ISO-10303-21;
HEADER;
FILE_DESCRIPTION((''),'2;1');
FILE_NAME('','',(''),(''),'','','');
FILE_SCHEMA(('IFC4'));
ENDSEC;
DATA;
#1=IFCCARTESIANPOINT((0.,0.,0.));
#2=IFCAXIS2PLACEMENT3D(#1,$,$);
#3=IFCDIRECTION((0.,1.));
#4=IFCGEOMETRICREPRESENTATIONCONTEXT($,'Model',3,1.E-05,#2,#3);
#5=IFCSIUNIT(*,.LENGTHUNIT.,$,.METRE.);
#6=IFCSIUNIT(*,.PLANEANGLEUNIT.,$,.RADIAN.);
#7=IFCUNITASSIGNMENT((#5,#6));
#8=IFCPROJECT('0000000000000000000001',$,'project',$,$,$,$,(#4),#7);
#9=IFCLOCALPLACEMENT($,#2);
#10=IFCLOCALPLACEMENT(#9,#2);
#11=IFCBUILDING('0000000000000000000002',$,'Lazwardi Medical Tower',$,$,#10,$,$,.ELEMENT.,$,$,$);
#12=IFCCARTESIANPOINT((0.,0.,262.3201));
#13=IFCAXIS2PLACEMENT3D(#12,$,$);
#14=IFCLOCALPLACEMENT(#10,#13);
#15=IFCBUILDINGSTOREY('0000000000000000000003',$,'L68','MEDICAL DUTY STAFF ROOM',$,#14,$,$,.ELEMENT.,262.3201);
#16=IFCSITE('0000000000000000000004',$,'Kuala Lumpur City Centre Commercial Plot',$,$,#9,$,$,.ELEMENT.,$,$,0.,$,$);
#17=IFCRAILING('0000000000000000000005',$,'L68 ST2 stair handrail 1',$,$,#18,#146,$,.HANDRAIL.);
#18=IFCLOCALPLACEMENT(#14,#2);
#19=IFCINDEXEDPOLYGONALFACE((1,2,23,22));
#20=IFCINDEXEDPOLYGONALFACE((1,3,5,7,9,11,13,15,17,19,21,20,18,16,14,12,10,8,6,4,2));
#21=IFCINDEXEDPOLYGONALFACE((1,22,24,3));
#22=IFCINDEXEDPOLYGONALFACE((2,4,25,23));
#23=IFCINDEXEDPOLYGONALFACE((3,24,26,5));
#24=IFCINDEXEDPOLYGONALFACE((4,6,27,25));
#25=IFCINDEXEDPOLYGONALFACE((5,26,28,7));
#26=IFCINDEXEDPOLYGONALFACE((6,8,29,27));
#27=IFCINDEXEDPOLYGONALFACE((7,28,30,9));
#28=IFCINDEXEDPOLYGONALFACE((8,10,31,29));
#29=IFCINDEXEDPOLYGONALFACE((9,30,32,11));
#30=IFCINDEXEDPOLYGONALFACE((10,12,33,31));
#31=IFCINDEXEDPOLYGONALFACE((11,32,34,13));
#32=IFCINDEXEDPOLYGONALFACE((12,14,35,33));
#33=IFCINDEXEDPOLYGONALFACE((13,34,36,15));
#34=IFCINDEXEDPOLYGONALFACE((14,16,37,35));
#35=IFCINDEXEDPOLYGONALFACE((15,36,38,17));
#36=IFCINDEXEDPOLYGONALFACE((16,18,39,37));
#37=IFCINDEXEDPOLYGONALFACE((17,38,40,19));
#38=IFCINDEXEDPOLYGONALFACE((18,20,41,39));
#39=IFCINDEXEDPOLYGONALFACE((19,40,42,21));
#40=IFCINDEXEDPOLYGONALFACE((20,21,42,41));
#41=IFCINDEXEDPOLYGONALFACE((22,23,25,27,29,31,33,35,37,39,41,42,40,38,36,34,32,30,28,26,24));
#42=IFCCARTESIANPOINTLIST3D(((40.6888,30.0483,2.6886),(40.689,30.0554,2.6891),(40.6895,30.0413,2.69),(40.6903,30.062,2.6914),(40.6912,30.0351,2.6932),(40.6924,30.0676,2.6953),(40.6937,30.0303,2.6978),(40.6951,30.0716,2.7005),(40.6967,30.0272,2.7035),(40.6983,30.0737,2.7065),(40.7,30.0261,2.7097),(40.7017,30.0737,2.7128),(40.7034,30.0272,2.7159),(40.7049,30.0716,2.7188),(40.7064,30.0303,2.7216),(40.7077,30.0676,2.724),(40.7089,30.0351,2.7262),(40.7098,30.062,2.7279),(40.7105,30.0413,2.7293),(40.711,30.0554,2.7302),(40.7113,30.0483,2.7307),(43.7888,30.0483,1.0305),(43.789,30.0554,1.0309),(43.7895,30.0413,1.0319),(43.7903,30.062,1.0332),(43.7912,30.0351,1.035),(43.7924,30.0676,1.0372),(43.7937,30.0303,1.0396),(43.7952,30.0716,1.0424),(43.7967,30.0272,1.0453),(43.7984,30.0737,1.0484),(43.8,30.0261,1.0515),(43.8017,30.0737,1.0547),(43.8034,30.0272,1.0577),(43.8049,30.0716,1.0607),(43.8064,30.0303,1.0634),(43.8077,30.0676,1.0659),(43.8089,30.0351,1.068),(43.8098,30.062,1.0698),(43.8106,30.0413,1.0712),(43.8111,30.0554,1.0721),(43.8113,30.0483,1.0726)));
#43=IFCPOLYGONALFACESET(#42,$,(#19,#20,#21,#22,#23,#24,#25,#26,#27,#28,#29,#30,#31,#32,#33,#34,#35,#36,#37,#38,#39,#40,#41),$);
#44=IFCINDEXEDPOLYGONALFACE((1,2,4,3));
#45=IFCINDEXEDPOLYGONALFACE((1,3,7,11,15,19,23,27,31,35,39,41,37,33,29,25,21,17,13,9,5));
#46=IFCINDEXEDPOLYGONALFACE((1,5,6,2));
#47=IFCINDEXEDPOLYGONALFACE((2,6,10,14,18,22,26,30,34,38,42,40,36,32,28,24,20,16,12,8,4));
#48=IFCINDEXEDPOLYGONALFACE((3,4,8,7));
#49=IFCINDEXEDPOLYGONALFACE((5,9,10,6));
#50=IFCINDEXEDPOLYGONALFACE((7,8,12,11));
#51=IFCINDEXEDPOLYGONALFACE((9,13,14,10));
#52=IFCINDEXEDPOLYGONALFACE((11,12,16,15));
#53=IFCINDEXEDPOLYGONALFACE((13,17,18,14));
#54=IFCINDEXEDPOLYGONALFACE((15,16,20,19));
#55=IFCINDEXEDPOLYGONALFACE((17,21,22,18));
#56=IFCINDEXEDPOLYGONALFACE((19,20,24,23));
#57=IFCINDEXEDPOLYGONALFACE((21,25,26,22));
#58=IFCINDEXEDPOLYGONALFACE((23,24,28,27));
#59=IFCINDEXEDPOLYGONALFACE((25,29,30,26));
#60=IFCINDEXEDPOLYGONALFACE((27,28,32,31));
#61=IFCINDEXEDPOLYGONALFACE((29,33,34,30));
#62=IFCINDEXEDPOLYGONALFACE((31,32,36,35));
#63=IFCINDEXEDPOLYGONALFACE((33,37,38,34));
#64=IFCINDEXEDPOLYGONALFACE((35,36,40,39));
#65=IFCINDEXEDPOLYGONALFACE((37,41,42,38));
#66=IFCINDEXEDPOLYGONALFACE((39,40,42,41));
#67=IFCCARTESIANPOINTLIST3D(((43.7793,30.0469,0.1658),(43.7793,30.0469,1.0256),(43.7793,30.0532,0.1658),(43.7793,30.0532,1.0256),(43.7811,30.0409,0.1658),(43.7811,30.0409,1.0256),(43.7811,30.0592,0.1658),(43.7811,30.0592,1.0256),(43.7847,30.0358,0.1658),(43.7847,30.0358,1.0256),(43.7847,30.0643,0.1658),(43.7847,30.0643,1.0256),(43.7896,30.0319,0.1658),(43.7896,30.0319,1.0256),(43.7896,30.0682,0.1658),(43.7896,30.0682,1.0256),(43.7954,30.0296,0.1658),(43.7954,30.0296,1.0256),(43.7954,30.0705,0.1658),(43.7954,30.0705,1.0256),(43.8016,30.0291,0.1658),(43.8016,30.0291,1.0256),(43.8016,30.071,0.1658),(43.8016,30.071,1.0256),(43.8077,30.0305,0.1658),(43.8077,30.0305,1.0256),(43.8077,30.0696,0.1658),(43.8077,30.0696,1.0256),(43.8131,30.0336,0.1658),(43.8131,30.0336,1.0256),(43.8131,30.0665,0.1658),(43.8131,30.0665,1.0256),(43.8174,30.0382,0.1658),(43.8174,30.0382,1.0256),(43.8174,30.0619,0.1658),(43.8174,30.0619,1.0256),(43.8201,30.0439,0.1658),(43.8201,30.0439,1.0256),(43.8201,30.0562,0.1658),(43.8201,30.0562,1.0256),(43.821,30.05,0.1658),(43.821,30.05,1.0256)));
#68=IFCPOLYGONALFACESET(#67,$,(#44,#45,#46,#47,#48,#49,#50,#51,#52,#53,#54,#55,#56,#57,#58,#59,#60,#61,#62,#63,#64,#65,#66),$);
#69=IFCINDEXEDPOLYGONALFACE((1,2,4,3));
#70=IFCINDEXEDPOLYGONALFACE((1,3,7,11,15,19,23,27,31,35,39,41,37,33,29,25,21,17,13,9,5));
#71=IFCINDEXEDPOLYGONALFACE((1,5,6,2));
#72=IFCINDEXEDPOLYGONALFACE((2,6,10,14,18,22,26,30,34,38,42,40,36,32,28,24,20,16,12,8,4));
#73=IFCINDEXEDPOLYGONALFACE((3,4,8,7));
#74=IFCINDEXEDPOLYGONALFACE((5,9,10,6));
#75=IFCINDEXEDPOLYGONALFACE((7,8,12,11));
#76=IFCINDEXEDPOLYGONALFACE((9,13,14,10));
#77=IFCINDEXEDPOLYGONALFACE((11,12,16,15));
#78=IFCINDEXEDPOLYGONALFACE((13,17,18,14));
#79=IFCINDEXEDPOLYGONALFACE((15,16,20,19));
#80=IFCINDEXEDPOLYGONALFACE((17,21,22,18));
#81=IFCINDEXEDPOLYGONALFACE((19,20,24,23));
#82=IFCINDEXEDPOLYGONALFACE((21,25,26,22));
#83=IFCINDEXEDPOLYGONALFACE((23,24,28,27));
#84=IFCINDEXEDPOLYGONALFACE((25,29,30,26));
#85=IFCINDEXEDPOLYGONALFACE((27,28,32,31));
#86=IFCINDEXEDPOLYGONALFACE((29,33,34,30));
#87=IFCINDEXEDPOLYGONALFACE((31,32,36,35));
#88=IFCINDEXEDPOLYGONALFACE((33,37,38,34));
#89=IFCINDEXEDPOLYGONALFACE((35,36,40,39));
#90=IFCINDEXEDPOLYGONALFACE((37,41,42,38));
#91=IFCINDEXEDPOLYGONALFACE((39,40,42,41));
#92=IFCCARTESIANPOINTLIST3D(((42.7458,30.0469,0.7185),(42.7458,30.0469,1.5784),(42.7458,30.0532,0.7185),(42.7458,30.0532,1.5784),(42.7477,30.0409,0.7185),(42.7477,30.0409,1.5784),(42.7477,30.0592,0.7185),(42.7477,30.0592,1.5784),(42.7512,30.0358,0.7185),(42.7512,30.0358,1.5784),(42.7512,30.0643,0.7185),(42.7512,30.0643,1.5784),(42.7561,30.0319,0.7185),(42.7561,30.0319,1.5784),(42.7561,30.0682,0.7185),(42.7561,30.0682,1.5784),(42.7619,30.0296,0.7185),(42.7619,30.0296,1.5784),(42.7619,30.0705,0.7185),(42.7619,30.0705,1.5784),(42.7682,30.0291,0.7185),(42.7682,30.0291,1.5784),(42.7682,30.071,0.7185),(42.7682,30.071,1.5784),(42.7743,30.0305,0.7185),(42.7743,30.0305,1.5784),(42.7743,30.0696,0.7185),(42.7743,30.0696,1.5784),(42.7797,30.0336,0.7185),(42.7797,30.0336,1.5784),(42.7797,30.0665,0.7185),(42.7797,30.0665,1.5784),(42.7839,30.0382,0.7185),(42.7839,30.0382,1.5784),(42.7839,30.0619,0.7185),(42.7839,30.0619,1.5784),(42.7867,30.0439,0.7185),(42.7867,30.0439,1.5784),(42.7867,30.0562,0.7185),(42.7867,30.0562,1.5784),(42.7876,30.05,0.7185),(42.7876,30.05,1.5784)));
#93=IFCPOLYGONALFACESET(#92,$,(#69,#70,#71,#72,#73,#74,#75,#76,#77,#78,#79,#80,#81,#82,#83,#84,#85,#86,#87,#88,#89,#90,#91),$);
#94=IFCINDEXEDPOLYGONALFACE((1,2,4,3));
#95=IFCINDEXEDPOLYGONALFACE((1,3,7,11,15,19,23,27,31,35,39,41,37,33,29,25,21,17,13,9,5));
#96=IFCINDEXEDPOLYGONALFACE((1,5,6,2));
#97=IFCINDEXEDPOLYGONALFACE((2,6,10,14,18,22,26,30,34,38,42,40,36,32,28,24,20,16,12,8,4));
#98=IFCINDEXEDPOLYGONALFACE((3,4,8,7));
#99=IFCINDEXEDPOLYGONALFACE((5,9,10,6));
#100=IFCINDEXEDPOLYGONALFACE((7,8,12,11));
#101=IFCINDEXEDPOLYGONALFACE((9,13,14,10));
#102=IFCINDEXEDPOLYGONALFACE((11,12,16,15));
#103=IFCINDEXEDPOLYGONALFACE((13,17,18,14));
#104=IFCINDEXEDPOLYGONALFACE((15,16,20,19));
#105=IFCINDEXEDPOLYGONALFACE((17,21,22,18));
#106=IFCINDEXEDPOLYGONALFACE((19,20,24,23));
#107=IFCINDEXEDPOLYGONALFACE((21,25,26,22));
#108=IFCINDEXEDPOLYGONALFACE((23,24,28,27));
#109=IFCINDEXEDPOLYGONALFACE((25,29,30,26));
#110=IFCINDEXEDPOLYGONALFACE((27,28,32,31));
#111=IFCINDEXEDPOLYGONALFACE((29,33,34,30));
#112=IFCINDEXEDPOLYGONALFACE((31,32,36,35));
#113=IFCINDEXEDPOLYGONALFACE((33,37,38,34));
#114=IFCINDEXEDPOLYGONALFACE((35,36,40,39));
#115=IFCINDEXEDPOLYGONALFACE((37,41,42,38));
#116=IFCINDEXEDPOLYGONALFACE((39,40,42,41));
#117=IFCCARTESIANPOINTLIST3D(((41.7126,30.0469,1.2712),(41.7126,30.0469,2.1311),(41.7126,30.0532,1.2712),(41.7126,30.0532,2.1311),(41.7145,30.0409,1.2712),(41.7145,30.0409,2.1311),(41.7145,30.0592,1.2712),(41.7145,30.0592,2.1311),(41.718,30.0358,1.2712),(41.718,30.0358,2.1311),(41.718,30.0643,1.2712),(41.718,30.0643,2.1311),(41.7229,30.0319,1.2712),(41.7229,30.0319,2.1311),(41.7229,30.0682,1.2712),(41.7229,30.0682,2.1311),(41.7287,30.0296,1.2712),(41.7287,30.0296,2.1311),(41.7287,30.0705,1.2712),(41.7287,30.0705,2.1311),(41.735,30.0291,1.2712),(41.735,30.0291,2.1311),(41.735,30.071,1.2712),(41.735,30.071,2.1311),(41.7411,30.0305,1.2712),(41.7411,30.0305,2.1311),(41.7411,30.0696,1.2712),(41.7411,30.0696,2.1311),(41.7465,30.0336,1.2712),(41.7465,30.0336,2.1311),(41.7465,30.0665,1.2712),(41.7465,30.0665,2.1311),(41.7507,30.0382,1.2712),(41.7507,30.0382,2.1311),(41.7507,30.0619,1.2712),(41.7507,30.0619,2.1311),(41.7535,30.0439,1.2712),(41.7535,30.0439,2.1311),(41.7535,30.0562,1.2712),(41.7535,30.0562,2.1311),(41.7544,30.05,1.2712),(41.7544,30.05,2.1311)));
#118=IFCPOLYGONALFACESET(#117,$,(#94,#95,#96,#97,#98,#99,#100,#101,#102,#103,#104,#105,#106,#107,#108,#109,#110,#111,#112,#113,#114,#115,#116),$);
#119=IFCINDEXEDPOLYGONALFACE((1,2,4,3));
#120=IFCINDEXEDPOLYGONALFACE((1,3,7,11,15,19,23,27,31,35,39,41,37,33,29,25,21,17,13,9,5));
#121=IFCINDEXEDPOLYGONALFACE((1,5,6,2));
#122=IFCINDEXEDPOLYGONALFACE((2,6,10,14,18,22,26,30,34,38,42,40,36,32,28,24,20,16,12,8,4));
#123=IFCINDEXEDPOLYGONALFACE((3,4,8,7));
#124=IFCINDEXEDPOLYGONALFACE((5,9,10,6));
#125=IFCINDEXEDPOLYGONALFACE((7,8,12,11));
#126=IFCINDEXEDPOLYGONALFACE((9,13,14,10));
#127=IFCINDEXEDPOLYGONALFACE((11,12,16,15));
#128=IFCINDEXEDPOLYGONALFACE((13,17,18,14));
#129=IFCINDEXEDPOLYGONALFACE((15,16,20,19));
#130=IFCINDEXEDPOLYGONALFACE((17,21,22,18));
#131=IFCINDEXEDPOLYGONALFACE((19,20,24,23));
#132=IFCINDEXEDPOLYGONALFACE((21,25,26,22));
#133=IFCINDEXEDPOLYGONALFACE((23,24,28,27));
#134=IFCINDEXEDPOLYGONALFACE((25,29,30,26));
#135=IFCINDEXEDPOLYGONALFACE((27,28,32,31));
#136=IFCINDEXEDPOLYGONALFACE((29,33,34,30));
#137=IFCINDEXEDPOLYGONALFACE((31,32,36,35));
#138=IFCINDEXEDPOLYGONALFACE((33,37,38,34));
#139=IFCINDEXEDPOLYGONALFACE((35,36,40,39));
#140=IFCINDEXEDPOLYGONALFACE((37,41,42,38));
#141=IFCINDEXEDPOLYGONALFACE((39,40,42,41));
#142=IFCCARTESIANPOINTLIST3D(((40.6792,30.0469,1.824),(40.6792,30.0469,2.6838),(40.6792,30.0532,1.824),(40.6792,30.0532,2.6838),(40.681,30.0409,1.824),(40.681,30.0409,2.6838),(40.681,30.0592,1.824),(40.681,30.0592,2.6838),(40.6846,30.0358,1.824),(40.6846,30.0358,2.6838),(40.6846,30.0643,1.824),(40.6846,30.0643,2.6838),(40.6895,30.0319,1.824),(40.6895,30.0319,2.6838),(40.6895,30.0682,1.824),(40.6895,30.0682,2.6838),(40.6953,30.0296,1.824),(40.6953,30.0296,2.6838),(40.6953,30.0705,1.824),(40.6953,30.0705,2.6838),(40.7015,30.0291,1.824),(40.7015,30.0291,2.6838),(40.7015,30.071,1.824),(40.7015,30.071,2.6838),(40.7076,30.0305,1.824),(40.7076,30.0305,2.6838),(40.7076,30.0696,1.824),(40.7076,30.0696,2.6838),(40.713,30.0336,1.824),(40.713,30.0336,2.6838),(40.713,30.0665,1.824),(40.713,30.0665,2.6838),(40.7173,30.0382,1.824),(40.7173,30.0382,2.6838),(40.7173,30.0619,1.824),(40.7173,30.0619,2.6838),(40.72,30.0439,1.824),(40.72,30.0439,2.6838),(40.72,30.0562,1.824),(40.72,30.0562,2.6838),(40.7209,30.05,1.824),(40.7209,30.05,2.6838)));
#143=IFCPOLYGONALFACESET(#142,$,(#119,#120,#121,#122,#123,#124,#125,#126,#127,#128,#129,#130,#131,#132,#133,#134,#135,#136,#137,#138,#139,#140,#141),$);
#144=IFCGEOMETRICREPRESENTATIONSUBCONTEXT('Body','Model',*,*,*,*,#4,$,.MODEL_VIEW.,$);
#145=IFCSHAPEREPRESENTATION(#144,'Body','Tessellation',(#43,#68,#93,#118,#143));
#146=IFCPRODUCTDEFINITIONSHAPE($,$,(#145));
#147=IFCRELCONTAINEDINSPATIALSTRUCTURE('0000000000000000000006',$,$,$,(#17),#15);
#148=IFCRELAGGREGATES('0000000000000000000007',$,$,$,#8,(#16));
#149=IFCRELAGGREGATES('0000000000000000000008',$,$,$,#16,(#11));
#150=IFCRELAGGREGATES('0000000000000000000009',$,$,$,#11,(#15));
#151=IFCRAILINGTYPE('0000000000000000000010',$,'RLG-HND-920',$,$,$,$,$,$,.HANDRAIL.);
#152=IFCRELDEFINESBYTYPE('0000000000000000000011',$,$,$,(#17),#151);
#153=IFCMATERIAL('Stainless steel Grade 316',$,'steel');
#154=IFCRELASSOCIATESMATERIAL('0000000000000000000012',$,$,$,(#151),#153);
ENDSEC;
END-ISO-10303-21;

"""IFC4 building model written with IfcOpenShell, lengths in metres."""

from ifc_helpers import new_model, si_unit, direction, frame, origin, origin_2d, place, context, subcontext, project, spatial, circle, extrude, material, type_object, element, save


model = new_model("IFC4")

# Units and contexts
model_context = context("Model", 3, precision=1e-05, world=origin(), true_north=direction((0.0, 1.0)))
body_context = subcontext(model_context, "Body", "Model", "MODEL_VIEW")
ifc_project = project(units=[si_unit("LENGTHUNIT", "METRE"), si_unit("PLANEANGLEUNIT", "RADIAN")], contexts=[model_context])

# Site, building, storey
site_placement = place(None, origin())
site = spatial("IfcSite", under=ifc_project, at=site_placement, Name="Kuala Lumpur City Centre Commercial Plot", CompositionType="ELEMENT", RefElevation=0.0)
building_placement = place(site_placement, origin())
building = spatial("IfcBuilding", under=site, at=building_placement, Name="Lazwardi Medical Tower", CompositionType="ELEMENT")
storey_placement = place(building_placement, frame((0.0, 0.0, 262.3201)))
storey = spatial("IfcBuildingStorey", under=building, at=storey_placement, Name="L68", Description="MEDICAL DUTY STAFF ROOM", CompositionType="ELEMENT", Elevation=262.3201)

# Railing
ifc_material_1 = material(Name="Stainless steel Grade 316", Category="steel")
railing_type = type_object("IfcRailingType", Name="RLG-HND-920", PredefinedType="HANDRAIL", material=ifc_material_1)
railing_1_placement = place(storey_placement, frame((43.8, 30.05, 0.1658)))
element("IfcRailing", 1, at=railing_1_placement, inside=storey, type_object=railing_type, Name="L68 ST2 stair handrail 1", PredefinedType="HANDRAIL", context=body_context, shape_type="SweptSolid", body=[
    extrude(circle(Radius=0.0239, at=origin_2d()), frame((0.0, 0.0, 0.8857), z_axis=(-0.881783, 0.0, 0.471655), x_axis=(0.0, -1.0, 0.0)), (0.0, 0.0, 1.0), 3.5156),
    extrude(circle(Radius=0.021, at=origin_2d()), origin(), (0.0, 0.0, 1.0), 0.8599),
    extrude(circle(Radius=0.021, at=origin_2d()), frame((-1.0334, 0.0, 0.5527)), (0.0, 0.0, 1.0), 0.8599),
    extrude(circle(Radius=0.021, at=origin_2d()), frame((-2.0667, 0.0, 1.1055)), (0.0, 0.0, 1.0), 0.8599),
    extrude(circle(Radius=0.021, at=origin_2d()), frame((-3.1001, 0.0, 1.6582)), (0.0, 0.0, 1.0), 0.8599),
])

save(model, "model.ifc")
